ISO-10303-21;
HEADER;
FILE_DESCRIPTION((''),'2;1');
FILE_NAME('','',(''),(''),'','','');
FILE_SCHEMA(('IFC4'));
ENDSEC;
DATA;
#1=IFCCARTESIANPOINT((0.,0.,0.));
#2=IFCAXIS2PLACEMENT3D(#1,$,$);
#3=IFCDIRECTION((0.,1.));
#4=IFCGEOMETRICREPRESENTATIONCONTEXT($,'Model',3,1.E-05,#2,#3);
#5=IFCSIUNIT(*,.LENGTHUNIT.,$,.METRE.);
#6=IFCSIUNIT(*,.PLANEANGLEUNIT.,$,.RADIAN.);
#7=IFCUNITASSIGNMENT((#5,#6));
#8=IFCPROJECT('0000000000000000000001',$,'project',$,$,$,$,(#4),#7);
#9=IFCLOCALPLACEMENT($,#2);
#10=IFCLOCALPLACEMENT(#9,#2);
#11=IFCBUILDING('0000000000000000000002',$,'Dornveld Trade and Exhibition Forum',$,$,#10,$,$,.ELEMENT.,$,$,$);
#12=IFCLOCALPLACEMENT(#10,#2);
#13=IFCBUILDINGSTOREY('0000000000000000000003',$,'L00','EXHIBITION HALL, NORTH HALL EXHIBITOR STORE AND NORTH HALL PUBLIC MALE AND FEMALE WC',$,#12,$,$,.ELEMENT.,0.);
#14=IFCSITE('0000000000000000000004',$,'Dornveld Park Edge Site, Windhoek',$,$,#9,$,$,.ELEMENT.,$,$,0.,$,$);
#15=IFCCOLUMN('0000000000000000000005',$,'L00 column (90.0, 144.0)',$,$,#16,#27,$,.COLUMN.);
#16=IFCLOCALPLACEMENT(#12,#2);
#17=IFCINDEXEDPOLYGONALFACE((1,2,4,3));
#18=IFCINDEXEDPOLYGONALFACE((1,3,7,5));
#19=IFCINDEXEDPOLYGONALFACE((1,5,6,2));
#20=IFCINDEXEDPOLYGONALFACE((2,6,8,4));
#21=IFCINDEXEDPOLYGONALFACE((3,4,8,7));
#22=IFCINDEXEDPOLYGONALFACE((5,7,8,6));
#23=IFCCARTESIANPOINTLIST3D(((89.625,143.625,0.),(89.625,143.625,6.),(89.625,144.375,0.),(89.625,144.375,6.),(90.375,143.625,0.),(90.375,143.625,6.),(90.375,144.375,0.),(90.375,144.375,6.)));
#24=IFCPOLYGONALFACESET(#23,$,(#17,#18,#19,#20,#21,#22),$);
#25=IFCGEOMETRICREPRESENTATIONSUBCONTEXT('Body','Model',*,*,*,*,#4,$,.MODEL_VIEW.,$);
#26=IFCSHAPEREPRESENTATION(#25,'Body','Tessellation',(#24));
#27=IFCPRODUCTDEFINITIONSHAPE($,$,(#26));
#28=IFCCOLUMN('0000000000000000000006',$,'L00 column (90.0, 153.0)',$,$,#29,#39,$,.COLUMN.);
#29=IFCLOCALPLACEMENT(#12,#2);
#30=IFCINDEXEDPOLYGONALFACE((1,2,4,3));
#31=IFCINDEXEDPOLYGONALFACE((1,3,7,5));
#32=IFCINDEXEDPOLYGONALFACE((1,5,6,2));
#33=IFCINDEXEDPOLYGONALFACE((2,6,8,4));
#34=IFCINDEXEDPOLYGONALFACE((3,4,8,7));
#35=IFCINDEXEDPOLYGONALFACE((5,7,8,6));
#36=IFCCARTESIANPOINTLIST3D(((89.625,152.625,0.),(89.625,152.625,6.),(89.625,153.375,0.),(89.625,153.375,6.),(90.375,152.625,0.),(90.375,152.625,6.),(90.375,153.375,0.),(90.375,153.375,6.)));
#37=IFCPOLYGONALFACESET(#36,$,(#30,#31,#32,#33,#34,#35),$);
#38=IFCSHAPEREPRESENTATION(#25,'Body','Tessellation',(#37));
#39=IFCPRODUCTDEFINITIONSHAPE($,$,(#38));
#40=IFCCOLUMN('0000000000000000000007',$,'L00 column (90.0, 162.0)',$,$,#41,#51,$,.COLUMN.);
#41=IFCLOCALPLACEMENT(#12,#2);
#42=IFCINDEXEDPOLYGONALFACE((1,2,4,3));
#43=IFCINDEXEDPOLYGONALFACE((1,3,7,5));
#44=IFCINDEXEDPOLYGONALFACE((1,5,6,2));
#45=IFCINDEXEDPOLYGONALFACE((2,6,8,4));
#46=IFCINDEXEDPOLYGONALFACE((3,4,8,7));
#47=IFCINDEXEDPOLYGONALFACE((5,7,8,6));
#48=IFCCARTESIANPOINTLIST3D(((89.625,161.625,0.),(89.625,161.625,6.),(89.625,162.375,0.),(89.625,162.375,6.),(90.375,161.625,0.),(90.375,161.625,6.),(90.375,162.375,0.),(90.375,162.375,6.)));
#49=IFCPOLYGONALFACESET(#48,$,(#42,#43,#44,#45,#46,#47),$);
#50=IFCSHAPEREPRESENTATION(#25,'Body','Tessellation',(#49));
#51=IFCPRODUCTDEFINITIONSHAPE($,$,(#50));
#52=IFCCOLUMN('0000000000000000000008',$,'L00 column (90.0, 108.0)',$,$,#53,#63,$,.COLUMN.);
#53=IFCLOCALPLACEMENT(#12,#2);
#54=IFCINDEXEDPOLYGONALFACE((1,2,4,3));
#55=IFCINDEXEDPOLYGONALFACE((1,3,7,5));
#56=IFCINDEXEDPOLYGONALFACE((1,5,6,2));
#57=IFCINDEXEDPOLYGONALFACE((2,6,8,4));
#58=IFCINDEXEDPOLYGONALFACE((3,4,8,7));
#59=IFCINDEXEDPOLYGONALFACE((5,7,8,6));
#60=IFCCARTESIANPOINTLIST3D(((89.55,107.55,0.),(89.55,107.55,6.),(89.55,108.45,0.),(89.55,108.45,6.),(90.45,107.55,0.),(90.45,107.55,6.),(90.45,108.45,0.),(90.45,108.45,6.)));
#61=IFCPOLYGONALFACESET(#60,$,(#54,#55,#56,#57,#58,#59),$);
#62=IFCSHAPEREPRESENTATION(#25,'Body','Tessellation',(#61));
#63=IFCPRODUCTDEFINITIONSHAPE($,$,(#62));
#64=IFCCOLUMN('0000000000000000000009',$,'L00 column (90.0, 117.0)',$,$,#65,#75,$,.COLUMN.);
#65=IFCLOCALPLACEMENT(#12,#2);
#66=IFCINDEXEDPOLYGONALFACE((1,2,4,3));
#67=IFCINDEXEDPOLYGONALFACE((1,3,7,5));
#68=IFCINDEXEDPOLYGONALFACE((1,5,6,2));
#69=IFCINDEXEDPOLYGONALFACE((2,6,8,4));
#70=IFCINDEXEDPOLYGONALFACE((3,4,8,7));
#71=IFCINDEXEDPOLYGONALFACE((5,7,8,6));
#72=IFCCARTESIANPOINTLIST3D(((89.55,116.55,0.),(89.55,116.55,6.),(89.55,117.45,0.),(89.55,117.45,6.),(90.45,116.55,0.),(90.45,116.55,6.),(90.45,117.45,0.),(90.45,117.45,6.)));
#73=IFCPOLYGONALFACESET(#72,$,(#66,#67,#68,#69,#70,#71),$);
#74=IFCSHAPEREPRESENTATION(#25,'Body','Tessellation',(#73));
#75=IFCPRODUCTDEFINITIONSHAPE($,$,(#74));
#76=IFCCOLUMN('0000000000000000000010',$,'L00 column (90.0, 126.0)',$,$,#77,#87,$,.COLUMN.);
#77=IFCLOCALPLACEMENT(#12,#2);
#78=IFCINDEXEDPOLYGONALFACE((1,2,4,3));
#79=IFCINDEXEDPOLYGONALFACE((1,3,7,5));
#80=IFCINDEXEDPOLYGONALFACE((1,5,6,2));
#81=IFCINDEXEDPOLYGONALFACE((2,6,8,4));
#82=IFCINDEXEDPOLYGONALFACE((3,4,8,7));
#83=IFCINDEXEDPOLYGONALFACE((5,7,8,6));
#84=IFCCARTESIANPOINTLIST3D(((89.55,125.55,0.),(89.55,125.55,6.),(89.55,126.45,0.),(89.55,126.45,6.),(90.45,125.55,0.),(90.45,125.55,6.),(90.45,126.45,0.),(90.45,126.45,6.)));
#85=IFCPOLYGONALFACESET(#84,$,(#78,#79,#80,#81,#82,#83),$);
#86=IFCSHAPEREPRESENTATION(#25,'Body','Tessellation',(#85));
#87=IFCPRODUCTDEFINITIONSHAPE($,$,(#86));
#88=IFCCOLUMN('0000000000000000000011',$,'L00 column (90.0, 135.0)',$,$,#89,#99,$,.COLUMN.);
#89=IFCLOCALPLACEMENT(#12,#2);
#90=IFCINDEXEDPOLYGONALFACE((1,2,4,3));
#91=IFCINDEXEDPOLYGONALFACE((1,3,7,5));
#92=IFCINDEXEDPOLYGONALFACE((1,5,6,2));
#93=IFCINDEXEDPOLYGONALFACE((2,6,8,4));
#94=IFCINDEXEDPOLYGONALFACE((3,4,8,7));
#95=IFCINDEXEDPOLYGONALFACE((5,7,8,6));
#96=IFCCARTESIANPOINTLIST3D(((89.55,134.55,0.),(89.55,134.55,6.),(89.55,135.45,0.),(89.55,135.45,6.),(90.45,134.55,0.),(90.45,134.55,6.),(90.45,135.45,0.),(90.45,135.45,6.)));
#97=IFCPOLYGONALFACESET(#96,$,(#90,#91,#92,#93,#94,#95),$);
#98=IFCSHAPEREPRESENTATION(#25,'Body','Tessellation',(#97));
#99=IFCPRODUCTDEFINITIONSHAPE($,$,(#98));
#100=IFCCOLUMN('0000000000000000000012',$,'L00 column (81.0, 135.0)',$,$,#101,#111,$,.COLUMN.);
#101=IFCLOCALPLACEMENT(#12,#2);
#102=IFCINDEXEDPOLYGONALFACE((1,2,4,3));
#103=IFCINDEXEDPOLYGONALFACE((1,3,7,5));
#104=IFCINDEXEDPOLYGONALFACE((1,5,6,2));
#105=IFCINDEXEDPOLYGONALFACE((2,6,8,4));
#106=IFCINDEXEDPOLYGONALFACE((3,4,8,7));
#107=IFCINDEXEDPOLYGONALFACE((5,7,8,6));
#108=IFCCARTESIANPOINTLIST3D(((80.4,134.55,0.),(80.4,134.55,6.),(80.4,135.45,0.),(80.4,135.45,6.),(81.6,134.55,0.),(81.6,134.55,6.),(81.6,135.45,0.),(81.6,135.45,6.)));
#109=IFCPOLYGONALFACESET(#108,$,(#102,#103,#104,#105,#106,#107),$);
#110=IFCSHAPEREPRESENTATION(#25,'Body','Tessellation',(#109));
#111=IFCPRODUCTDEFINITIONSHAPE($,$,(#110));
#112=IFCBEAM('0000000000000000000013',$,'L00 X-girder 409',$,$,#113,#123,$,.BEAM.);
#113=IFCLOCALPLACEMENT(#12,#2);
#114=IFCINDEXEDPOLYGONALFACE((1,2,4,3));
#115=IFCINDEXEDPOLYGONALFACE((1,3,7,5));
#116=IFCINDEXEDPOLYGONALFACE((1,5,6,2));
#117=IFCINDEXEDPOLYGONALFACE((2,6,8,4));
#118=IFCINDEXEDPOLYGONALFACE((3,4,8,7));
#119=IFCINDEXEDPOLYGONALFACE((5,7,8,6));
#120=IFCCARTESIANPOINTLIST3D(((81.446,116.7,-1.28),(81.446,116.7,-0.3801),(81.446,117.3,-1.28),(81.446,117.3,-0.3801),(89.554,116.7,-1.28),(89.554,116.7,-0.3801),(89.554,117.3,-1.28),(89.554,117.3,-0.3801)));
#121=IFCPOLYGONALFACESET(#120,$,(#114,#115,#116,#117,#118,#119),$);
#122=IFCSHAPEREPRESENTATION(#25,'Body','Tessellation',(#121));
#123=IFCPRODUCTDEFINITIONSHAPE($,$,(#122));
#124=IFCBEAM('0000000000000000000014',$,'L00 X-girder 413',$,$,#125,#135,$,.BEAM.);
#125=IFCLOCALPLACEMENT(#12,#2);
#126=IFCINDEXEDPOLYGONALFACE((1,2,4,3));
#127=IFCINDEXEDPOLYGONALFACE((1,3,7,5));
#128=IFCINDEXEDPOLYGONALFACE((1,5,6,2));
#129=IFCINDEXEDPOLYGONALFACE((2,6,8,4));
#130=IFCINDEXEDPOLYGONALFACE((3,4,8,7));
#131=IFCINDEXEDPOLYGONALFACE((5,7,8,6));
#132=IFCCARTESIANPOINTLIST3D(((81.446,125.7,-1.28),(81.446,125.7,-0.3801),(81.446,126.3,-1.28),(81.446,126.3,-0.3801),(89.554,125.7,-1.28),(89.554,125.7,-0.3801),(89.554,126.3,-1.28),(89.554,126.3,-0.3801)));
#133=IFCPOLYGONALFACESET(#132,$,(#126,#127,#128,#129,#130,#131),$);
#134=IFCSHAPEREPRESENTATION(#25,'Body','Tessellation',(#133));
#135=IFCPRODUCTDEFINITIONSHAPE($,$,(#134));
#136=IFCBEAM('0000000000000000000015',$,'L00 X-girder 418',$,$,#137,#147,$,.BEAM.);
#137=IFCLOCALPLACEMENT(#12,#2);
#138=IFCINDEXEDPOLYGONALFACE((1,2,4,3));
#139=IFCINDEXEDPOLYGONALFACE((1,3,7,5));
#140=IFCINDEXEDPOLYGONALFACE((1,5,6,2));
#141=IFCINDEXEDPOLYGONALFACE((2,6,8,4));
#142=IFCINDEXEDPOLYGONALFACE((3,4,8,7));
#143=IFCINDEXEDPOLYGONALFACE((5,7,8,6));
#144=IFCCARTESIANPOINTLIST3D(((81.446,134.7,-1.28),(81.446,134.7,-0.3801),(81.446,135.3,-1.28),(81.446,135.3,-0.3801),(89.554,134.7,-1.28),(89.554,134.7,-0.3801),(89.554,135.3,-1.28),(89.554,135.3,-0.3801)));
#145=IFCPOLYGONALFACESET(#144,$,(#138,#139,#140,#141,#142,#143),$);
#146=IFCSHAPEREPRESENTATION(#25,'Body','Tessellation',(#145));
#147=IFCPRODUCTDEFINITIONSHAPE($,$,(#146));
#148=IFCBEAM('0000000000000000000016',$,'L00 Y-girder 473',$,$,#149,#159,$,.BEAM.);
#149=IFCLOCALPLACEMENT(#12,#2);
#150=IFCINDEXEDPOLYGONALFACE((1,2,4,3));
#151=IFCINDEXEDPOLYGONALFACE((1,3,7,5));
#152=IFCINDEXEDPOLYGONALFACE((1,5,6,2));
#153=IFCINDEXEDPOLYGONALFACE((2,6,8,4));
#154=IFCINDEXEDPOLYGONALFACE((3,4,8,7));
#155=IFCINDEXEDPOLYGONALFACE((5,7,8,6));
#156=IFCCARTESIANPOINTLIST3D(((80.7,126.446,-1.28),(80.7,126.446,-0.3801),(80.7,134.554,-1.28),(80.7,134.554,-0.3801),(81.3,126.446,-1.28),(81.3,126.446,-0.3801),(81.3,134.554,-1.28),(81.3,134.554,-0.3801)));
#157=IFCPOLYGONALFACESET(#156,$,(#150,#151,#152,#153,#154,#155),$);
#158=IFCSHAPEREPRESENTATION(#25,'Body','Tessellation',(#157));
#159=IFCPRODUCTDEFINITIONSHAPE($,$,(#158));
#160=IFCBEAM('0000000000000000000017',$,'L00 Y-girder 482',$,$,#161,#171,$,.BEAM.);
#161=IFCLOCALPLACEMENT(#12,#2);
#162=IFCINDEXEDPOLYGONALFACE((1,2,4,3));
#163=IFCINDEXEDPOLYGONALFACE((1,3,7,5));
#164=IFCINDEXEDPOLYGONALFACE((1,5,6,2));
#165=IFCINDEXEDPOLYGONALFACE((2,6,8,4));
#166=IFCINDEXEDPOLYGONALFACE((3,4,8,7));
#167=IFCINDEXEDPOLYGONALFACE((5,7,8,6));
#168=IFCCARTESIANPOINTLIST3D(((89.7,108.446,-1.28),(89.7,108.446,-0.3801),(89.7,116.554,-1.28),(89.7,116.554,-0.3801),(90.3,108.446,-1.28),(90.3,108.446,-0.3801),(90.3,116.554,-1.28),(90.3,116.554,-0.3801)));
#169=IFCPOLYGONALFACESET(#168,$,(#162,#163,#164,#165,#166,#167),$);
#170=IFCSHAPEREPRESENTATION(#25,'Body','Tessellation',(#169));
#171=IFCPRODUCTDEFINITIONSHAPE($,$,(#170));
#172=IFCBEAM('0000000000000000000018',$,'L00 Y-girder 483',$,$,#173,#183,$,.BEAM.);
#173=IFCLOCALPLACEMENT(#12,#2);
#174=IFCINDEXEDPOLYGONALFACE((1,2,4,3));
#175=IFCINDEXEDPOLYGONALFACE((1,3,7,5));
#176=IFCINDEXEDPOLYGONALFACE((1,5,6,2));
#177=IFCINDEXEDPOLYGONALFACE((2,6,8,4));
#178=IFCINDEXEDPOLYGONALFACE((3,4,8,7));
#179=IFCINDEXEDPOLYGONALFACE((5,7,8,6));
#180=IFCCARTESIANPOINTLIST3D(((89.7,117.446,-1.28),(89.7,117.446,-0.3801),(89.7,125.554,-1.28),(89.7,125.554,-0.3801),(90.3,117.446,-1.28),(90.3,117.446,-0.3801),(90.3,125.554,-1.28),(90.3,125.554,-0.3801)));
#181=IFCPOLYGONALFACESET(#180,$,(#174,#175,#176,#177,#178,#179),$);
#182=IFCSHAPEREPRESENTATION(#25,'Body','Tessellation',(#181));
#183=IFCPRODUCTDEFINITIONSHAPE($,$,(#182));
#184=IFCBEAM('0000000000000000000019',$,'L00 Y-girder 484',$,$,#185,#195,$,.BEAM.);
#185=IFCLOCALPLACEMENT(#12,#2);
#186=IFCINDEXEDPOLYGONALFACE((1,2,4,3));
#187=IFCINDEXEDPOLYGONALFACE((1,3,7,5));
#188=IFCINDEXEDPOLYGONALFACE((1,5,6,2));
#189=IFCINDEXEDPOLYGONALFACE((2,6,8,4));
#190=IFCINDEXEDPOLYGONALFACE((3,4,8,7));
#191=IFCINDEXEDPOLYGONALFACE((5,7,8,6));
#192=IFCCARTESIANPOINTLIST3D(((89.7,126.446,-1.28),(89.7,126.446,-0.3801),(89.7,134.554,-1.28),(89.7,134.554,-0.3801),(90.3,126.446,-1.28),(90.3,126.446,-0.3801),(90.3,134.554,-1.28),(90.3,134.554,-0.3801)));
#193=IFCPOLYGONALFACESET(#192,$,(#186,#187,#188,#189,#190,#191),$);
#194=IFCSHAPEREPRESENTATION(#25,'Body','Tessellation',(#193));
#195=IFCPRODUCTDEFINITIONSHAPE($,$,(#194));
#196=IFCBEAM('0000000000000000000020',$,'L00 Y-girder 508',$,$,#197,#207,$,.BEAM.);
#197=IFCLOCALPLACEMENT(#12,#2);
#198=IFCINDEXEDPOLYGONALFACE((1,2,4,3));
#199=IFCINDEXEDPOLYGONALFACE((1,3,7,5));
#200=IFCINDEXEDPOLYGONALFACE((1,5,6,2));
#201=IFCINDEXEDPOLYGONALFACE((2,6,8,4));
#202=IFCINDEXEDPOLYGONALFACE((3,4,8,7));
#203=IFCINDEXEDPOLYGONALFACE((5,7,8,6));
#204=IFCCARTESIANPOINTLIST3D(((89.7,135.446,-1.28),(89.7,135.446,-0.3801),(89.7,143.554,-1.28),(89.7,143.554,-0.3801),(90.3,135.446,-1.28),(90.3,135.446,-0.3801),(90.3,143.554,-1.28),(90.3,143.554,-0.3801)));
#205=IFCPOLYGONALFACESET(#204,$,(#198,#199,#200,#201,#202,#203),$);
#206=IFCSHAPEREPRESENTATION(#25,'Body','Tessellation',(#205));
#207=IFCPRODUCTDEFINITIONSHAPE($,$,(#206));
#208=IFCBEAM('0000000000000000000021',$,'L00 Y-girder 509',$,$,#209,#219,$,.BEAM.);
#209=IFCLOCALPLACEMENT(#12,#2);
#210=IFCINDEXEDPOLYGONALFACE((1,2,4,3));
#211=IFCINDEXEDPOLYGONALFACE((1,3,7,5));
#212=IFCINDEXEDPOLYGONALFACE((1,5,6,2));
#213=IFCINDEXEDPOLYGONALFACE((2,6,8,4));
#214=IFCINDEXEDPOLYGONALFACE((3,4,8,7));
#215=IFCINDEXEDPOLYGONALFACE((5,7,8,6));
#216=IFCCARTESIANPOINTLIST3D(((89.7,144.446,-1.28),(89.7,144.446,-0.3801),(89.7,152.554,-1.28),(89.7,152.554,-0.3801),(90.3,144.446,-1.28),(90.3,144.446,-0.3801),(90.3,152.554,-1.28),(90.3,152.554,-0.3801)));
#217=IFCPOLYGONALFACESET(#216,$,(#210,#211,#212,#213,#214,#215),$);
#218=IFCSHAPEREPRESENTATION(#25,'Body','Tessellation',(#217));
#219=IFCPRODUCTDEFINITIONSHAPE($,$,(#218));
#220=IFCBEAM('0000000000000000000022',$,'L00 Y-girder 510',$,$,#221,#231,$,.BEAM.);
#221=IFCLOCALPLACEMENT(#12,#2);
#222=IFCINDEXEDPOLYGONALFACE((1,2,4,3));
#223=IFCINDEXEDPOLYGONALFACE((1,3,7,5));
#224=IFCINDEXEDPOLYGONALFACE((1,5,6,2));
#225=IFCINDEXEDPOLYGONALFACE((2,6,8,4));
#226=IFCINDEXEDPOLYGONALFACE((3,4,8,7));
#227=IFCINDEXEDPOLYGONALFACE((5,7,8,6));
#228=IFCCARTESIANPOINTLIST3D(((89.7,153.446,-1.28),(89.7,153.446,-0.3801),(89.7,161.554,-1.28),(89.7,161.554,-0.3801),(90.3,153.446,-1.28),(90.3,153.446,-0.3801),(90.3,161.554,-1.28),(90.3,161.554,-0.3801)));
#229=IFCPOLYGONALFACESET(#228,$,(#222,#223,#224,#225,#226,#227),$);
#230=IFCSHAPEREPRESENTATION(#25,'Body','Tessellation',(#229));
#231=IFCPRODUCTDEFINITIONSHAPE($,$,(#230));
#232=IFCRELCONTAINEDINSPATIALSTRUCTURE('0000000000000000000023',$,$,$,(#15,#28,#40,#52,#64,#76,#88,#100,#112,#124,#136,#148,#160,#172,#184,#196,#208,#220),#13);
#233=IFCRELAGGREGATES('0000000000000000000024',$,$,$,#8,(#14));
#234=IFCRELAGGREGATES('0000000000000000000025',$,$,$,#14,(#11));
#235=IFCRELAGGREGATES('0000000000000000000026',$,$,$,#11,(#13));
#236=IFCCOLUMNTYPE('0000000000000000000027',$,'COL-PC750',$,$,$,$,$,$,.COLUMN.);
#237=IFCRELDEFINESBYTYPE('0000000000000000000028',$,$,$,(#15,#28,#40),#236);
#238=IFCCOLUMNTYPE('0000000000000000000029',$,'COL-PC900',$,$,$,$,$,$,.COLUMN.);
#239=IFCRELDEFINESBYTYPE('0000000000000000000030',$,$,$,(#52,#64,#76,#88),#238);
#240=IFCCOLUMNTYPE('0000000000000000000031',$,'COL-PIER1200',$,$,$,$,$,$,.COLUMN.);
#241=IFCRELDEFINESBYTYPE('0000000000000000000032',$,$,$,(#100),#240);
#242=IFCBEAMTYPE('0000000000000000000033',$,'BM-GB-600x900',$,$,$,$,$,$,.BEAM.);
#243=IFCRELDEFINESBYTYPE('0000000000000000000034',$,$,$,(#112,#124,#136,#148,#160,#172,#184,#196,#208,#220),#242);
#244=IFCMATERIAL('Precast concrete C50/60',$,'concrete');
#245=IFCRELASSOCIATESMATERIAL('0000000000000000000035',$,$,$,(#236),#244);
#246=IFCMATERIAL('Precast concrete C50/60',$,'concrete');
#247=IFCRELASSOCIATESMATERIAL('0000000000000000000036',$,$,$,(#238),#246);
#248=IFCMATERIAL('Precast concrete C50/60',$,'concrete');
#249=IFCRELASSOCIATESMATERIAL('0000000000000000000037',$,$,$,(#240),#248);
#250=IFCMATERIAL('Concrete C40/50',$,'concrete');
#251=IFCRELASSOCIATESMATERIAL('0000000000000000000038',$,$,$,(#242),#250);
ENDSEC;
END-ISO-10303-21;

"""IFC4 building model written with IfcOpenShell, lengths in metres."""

from ifc_helpers import new_model, si_unit, direction, frame, origin, origin_2d, place, context, subcontext, project, spatial, rectangle, extrude, material, material_profile, profile_set, type_object, element, save


model = new_model("IFC4")

# Units and contexts
model_context = context("Model", 3, precision=1e-05, world=origin(), true_north=direction((0.0, 1.0)))
body_context = subcontext(model_context, "Body", "Model", "MODEL_VIEW")
ifc_project = project(units=[si_unit("LENGTHUNIT", "METRE"), si_unit("PLANEANGLEUNIT", "RADIAN")], contexts=[model_context])

# Site, building, storey
site_placement = place(None, origin())
site = spatial("IfcSite", under=ifc_project, at=site_placement, Name="Dornveld Park Edge Site, Windhoek", CompositionType="ELEMENT", RefElevation=0.0)
building_placement = place(site_placement, origin())
building = spatial("IfcBuilding", under=site, at=building_placement, Name="Dornveld Trade and Exhibition Forum", CompositionType="ELEMENT")
storey_placement = place(building_placement, origin())
storey = spatial("IfcBuildingStorey", under=building, at=storey_placement, Name="L00", Description="EXHIBITION HALL, NORTH HALL EXHIBITOR STORE AND NORTH HALL PUBLIC MALE AND FEMALE WC", CompositionType="ELEMENT", Elevation=0.0)

# Columns
ifc_material_1 = material(Name="Precast concrete C50/60", Category="concrete")
ifc_material_profile_1 = material_profile(ifc_material_1, rectangle(XDim=0.75, YDim=0.75, at=origin_2d()), Name="PC-COL 750x750")
ifc_profile_set_1 = profile_set([ifc_material_profile_1], Name="Precast concrete C50/60")
column_type_1 = type_object("IfcColumnType", Name="COL-PC750", PredefinedType="COLUMN", material=ifc_profile_set_1)
for number, where, z_axis, x_axis, name in (
    (1, (90.0, 144.0, 0.0), (0.0, 0.0, 1.0), (1.0, 0.0, 0.0), "L00 column (90.0, 144.0)"),
    (2, (90.0, 153.0, 0.0), (0.0, 0.0, 1.0), (1.0, 0.0, 0.0), "L00 column (90.0, 153.0)"),
    (3, (90.0, 162.0, 0.0), (0.0, 0.0, 1.0), (1.0, 0.0, 0.0), "L00 column (90.0, 162.0)"),
):
    element("IfcColumn", number, at=place(storey_placement, frame(where, z_axis=z_axis, x_axis=x_axis)), inside=storey, type_object=column_type_1, Name=name, PredefinedType="COLUMN", context=body_context, shape_type="SweptSolid", body=[
        extrude(rectangle(XDim=0.75, YDim=0.75, at=origin_2d()), origin(), (0.0, 0.0, 1.0), 6.0),
    ])
ifc_material_2 = material(Name="Precast concrete C50/60", Category="concrete")
ifc_material_profile_2 = material_profile(ifc_material_2, rectangle(XDim=0.8999, YDim=0.8999, at=origin_2d()), Name="PC-COL 900x900")
ifc_profile_set_2 = profile_set([ifc_material_profile_2], Name="Precast concrete C50/60")
column_type_2 = type_object("IfcColumnType", Name="COL-PC900", PredefinedType="COLUMN", material=ifc_profile_set_2)
for number, where, z_axis, x_axis, name in (
    (4, (90.0, 108.0, 0.0), (0.0, 0.0, 1.0), (1.0, 0.0, 0.0), "L00 column (90.0, 108.0)"),
    (5, (90.0, 117.0, 0.0), (0.0, 0.0, 1.0), (1.0, 0.0, 0.0), "L00 column (90.0, 117.0)"),
    (6, (90.0, 126.0, 0.0), (0.0, 0.0, 1.0), (1.0, 0.0, 0.0), "L00 column (90.0, 126.0)"),
    (7, (90.0, 135.0, 0.0), (0.0, 0.0, 1.0), (1.0, 0.0, 0.0), "L00 column (90.0, 135.0)"),
):
    element("IfcColumn", number, at=place(storey_placement, frame(where, z_axis=z_axis, x_axis=x_axis)), inside=storey, type_object=column_type_2, Name=name, PredefinedType="COLUMN", context=body_context, shape_type="SweptSolid", body=[
        extrude(rectangle(XDim=0.8999, YDim=0.8999, at=origin_2d()), origin(), (0.0, 0.0, 1.0), 6.0),
    ])
ifc_material_3 = material(Name="Precast concrete C50/60", Category="concrete")
ifc_material_profile_3 = material_profile(ifc_material_3, rectangle(XDim=1.2, YDim=0.8999, at=origin_2d()), Name="PC-PIER 1200x900")
ifc_profile_set_3 = profile_set([ifc_material_profile_3], Name="Precast concrete C50/60")
column_type_3 = type_object("IfcColumnType", Name="COL-PIER1200", PredefinedType="COLUMN", material=ifc_profile_set_3)
column_placement = place(storey_placement, frame((81.0, 135.0, 0.0), z_axis=(0.0, 0.0, 1.0), x_axis=(1.0, 0.0, 0.0)))
element("IfcColumn", 8, at=column_placement, inside=storey, type_object=column_type_3, Name="L00 column (81.0, 135.0)", PredefinedType="COLUMN", context=body_context, shape_type="SweptSolid", body=[
    extrude(rectangle(XDim=1.2, YDim=0.8999, at=origin_2d()), origin(), (0.0, 0.0, 1.0), 6.0),
])

# Beams
ifc_material_4 = material(Name="Concrete C40/50", Category="concrete")
ifc_material_profile_4 = material_profile(ifc_material_4, rectangle(XDim=0.6001, YDim=0.8999, at=origin_2d()), Name="RC-GB 600x900")
ifc_profile_set_4 = profile_set([ifc_material_profile_4], Name="Concrete C40/50")
beam_type_1 = type_object("IfcBeamType", Name="BM-GB-600x900", PredefinedType="BEAM", material=ifc_profile_set_4)
for number, where, z_axis, x_axis, name in (
    (9, (81.446, 117.0, -0.8301), (1.0, 0.0, 0.0), (0.0, 1.0, 0.0), "L00 X-girder 409"),
    (10, (81.446, 126.0, -0.8301), (1.0, 0.0, 0.0), (0.0, 1.0, 0.0), "L00 X-girder 413"),
    (11, (81.446, 135.0, -0.8301), (1.0, 0.0, 0.0), (0.0, 1.0, 0.0), "L00 X-girder 418"),
    (12, (81.0, 126.446, -0.8301), (0.0, 1.0, 0.0), (-1.0, 0.0, 0.0), "L00 Y-girder 473"),
    (13, (90.0, 108.446, -0.8301), (0.0, 1.0, 0.0), (-1.0, 0.0, 0.0), "L00 Y-girder 482"),
    (14, (90.0, 117.446, -0.8301), (0.0, 1.0, 0.0), (-1.0, 0.0, 0.0), "L00 Y-girder 483"),
    (15, (90.0, 126.446, -0.8301), (0.0, 1.0, 0.0), (-1.0, 0.0, 0.0), "L00 Y-girder 484"),
    (16, (90.0, 135.446, -0.8301), (0.0, 1.0, 0.0), (-1.0, 0.0, 0.0), "L00 Y-girder 508"),
    (17, (90.0, 144.446, -0.8301), (0.0, 1.0, 0.0), (-1.0, 0.0, 0.0), "L00 Y-girder 509"),
    (18, (90.0, 153.446, -0.8301), (0.0, 1.0, 0.0), (-1.0, 0.0, 0.0), "L00 Y-girder 510"),
):
    element("IfcBeam", number, at=place(storey_placement, frame(where, z_axis=z_axis, x_axis=x_axis)), inside=storey, type_object=beam_type_1, Name=name, PredefinedType="BEAM", context=body_context, shape_type="SweptSolid", body=[
        extrude(rectangle(XDim=0.6001, YDim=0.8999, at=origin_2d()), origin(), (0.0, 0.0, 1.0), 8.1079),
    ])

save(model, "model.ifc")
